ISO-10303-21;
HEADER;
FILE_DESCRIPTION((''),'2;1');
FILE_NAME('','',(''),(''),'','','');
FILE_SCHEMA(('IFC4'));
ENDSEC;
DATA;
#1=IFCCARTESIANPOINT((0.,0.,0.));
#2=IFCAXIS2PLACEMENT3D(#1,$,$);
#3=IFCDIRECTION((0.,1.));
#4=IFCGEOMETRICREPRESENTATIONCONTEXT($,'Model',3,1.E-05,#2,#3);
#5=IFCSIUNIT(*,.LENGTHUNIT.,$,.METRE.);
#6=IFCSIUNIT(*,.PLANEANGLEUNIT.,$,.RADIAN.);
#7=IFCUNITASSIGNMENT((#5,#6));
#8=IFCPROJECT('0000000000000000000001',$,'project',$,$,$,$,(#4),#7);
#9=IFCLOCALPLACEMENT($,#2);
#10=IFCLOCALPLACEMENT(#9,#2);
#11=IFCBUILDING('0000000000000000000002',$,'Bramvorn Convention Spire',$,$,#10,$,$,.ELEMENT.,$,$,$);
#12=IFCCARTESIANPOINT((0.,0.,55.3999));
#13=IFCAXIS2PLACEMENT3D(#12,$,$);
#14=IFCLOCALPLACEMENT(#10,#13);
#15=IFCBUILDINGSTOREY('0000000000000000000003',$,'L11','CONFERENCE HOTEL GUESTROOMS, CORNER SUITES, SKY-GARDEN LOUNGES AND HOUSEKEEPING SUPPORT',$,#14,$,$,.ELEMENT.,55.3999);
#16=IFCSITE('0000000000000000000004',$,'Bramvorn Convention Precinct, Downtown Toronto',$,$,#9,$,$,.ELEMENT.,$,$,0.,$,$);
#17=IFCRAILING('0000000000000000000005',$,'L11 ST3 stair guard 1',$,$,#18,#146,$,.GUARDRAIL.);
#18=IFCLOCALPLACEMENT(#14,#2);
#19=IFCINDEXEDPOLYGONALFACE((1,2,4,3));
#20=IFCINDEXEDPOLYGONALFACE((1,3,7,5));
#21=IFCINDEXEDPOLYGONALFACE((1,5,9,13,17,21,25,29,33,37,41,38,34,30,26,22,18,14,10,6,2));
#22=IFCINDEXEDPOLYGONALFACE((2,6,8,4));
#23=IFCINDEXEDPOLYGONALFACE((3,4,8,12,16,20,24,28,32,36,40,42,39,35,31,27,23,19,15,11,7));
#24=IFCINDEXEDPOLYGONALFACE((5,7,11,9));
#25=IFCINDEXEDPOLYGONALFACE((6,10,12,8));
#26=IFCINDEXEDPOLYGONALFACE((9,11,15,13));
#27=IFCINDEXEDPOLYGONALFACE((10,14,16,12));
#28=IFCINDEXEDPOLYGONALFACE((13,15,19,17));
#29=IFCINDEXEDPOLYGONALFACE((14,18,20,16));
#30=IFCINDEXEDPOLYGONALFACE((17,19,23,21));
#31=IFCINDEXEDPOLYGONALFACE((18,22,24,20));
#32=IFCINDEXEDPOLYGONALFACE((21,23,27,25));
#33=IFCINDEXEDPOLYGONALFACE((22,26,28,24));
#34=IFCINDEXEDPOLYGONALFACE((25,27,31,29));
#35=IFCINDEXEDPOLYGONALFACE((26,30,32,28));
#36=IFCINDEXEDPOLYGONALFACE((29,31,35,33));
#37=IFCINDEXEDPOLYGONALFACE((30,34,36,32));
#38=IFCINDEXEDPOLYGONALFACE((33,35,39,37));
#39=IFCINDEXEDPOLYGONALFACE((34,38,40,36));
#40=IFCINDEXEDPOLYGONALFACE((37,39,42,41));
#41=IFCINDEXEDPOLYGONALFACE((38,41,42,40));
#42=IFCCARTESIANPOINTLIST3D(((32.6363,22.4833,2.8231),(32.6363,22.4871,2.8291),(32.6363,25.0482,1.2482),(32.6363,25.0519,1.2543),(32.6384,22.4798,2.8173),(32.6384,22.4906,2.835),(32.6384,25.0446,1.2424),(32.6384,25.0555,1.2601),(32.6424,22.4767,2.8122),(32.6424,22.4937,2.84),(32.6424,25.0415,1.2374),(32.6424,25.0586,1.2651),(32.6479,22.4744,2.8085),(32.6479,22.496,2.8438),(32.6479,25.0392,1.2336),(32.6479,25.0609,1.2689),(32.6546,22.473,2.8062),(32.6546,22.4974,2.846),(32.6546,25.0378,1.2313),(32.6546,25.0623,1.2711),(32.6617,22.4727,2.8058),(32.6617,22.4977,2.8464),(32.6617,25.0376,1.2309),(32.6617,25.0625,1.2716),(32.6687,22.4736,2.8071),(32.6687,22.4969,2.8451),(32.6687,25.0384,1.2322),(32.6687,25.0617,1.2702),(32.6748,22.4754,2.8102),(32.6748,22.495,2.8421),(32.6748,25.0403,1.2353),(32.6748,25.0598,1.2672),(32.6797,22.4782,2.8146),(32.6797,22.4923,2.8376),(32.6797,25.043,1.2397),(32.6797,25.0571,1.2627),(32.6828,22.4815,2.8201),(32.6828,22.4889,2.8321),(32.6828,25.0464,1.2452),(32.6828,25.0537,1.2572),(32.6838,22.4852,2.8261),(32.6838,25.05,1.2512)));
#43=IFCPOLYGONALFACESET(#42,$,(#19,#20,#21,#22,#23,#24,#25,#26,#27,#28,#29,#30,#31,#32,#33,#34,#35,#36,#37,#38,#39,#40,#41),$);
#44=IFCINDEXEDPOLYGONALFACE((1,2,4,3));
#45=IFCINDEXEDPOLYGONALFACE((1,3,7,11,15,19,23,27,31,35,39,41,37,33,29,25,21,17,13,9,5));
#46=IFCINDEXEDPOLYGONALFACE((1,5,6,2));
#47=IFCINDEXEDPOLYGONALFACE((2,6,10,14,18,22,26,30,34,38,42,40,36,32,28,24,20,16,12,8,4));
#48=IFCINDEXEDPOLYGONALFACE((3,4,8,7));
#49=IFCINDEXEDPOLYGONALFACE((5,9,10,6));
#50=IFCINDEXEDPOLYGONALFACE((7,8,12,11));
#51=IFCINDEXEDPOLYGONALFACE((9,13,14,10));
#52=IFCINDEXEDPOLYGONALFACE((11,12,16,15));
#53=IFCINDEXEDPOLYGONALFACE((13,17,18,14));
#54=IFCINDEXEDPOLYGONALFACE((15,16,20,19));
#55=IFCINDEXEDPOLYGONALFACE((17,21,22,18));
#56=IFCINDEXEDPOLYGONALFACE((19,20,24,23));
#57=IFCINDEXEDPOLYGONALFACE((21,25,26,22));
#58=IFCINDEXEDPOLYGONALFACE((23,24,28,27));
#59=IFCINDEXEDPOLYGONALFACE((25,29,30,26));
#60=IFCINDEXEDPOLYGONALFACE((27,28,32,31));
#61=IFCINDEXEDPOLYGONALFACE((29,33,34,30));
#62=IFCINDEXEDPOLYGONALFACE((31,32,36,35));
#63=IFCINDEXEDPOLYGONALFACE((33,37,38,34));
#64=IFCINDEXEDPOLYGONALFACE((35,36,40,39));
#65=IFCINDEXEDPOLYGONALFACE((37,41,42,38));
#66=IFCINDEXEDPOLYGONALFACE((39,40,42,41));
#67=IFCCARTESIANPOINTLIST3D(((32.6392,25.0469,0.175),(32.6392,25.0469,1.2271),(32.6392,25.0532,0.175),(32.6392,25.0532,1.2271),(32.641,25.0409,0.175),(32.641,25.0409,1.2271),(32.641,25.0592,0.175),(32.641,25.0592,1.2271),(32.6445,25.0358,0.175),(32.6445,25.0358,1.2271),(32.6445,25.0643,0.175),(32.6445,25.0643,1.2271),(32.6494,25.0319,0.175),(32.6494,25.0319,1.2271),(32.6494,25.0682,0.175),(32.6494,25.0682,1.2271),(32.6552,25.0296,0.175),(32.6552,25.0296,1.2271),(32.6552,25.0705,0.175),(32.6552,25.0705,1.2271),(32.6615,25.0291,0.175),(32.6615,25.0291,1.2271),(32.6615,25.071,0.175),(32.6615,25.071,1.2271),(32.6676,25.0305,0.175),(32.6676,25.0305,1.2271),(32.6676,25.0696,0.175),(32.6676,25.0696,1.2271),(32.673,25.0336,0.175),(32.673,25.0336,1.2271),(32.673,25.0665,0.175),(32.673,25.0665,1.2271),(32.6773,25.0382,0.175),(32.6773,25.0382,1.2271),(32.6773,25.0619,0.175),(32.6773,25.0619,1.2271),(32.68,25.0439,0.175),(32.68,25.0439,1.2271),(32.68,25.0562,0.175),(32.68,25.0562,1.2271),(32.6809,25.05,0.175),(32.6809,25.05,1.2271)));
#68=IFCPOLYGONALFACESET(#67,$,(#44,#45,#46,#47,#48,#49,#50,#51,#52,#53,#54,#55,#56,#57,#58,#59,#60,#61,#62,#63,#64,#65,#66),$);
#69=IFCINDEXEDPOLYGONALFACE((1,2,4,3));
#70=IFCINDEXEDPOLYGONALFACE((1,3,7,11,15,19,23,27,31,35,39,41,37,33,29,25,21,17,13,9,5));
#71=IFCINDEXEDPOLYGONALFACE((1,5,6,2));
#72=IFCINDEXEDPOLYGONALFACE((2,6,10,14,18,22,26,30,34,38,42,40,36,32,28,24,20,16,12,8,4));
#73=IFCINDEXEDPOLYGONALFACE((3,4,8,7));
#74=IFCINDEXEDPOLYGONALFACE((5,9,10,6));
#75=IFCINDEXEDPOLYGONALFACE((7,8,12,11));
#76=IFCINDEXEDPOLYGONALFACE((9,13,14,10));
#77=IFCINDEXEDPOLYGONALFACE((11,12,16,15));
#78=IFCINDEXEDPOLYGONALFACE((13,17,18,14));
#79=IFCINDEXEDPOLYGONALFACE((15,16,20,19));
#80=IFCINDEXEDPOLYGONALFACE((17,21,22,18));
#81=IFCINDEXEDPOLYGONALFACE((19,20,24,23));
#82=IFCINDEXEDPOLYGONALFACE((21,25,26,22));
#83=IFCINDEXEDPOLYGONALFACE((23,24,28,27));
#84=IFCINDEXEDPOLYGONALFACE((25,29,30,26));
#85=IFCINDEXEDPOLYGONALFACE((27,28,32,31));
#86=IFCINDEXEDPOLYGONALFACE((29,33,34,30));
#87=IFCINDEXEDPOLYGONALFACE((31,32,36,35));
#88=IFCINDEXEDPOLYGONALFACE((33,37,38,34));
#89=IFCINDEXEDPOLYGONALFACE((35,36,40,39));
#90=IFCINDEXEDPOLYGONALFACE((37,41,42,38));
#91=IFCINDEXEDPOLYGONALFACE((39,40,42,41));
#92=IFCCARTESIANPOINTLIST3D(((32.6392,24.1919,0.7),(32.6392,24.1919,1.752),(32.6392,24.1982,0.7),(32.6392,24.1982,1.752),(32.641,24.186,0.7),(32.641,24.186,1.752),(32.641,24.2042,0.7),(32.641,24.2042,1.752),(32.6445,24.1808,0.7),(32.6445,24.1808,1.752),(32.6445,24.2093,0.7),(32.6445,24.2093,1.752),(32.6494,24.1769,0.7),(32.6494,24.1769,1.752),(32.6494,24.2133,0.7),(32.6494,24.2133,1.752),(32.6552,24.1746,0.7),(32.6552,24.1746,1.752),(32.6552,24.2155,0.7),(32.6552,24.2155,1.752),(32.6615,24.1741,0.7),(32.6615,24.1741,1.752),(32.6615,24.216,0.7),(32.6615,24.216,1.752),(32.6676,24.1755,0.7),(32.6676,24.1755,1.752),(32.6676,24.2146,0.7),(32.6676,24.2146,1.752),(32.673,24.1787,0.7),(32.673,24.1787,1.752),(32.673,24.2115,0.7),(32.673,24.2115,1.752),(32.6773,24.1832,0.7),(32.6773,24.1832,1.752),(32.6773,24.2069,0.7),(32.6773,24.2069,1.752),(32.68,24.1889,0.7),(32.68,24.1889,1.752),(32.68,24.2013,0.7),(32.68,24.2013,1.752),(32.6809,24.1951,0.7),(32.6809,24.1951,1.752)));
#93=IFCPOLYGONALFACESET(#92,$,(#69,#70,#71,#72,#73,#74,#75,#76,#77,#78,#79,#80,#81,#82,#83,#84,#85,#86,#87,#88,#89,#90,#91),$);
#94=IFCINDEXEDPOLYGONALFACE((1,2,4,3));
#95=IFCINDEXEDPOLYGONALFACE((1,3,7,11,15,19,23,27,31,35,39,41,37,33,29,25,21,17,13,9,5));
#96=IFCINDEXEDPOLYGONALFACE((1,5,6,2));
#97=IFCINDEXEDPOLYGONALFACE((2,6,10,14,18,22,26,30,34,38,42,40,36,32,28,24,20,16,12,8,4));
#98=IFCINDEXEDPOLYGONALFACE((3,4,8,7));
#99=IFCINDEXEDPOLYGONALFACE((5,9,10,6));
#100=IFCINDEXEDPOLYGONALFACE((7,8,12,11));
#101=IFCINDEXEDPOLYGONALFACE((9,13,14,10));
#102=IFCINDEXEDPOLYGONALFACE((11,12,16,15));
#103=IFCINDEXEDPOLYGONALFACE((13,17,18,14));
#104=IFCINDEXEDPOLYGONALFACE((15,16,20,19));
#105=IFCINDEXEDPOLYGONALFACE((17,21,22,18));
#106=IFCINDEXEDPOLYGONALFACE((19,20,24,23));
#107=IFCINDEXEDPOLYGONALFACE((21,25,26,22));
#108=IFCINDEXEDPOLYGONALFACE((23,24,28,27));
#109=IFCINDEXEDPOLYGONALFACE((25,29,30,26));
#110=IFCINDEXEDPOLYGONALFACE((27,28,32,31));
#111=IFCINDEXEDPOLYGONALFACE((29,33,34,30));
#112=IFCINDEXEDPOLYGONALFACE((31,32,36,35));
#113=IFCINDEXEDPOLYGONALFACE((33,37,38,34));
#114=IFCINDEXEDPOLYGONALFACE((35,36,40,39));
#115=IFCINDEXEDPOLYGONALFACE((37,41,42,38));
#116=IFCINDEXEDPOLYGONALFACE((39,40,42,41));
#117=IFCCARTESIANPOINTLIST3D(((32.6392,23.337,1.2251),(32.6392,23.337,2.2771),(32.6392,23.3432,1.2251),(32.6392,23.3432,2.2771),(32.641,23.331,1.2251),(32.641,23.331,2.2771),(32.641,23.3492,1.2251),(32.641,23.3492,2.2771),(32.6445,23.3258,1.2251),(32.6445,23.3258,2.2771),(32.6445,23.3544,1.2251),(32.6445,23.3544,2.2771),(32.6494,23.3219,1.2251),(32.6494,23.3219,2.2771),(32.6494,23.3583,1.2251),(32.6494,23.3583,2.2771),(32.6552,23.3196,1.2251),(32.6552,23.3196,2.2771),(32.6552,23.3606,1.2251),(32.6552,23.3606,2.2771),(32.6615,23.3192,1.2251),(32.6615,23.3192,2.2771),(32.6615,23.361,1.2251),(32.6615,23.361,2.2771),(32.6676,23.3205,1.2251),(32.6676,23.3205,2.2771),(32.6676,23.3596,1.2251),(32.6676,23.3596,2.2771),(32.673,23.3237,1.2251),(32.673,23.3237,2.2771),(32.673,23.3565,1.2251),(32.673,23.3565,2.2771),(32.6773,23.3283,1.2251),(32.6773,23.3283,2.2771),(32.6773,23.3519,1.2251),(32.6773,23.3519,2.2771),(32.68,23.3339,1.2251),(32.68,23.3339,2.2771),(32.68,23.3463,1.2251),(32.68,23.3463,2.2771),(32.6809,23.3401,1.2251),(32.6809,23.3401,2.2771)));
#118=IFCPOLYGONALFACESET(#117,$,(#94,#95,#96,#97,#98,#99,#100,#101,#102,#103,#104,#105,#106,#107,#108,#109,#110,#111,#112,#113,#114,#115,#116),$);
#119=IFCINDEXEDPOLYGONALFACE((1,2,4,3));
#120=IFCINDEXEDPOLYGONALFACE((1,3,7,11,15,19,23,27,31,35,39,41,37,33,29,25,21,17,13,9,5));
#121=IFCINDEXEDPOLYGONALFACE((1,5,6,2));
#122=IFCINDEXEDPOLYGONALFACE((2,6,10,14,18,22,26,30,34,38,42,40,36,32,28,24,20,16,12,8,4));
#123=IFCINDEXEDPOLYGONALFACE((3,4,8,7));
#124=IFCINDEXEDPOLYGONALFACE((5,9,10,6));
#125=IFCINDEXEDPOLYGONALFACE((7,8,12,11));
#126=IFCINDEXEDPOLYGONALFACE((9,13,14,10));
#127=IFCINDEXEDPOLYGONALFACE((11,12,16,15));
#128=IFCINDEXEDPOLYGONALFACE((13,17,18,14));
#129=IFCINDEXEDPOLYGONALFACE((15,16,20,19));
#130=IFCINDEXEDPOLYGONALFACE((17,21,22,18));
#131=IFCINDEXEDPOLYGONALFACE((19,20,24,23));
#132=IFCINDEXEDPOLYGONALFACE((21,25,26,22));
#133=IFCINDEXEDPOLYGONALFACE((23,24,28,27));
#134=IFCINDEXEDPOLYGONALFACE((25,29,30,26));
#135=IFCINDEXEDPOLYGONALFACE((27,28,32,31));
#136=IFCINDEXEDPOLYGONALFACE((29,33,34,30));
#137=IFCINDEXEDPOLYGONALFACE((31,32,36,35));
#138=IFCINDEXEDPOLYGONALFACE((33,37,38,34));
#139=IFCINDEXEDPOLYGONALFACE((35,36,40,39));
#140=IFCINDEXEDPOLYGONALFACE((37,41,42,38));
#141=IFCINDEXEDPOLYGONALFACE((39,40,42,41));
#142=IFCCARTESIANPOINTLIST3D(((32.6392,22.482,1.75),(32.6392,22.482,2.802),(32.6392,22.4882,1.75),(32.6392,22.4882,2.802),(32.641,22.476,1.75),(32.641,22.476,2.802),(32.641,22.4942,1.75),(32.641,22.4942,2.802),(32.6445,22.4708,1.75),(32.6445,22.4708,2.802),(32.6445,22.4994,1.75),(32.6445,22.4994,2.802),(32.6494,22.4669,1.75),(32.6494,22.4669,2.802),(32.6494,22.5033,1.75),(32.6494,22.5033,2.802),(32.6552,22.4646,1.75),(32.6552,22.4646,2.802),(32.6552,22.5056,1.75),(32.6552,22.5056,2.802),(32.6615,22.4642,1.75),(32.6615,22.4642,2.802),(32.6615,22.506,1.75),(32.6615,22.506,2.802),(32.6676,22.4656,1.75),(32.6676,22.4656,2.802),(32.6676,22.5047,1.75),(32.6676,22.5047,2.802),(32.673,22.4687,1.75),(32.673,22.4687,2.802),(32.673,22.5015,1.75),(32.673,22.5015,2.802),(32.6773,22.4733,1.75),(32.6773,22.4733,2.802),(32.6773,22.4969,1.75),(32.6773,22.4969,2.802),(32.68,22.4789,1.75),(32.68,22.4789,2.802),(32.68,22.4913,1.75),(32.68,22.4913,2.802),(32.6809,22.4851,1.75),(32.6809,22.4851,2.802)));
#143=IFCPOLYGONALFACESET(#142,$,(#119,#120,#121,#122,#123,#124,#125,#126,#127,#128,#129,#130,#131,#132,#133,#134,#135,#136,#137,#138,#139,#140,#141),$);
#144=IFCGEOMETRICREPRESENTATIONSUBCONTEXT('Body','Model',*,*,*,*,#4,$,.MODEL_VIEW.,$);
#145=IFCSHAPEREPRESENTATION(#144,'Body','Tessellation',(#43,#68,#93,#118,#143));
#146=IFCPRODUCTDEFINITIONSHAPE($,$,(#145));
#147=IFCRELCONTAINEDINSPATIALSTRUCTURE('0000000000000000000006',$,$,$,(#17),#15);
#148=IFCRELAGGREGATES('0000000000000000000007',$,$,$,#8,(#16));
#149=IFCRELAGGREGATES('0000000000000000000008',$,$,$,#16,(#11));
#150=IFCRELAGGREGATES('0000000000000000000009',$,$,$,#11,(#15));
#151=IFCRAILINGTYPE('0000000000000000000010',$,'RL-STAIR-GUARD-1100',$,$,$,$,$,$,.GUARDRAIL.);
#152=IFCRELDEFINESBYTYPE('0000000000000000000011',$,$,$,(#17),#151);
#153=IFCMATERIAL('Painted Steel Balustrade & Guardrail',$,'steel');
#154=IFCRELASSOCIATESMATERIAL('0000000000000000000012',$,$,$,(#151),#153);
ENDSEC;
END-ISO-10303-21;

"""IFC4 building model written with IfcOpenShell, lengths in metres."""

from ifc_helpers import new_model, si_unit, direction, frame, origin, origin_2d, place, context, subcontext, project, spatial, circle, extrude, material, type_object, element, save


model = new_model("IFC4")

# Units and contexts
model_context = context("Model", 3, precision=1e-05, world=origin(), true_north=direction((0.0, 1.0)))
body_context = subcontext(model_context, "Body", "Model", "MODEL_VIEW")
ifc_project = project(units=[si_unit("LENGTHUNIT", "METRE"), si_unit("PLANEANGLEUNIT", "RADIAN")], contexts=[model_context])

# Site, building, storey
site_placement = place(None, origin())
site = spatial("IfcSite", under=ifc_project, at=site_placement, Name="Bramvorn Convention Precinct, Downtown Toronto", CompositionType="ELEMENT", RefElevation=0.0)
building_placement = place(site_placement, origin())
building = spatial("IfcBuilding", under=site, at=building_placement, Name="Bramvorn Convention Spire", CompositionType="ELEMENT")
storey_placement = place(building_placement, frame((0.0, 0.0, 55.3999)))
storey = spatial("IfcBuildingStorey", under=building, at=storey_placement, Name="L11", Description="CONFERENCE HOTEL GUESTROOMS, CORNER SUITES, SKY-GARDEN LOUNGES AND HOUSEKEEPING SUPPORT", CompositionType="ELEMENT", Elevation=55.3999)

# Railing
ifc_material_1 = material(Name="Painted Steel Balustrade & Guardrail", Category="steel")
railing_type = type_object("IfcRailingType", Name="RL-STAIR-GUARD-1100", PredefinedType="GUARDRAIL", material=ifc_material_1)
railing_1_placement = place(storey_placement, frame((32.6599, 25.05, 0.175)))
element("IfcRailing", 1, at=railing_1_placement, inside=storey, type_object=railing_type, Name="L11 ST3 stair guard 1", PredefinedType="GUARDRAIL", context=body_context, shape_type="SweptSolid", body=[
    extrude(circle(Radius=0.0239, at=origin_2d()), frame((0.0, 0.0, 1.0762), z_axis=(0.0, -0.852173, 0.52326), x_axis=(1.0, 0.0, 0.0)), (0.0, 0.0, 1.0), 3.0098),
    extrude(circle(Radius=0.021, at=origin_2d()), origin(), (0.0, 0.0, 1.0), 1.052),
    extrude(circle(Radius=0.021, at=origin_2d()), frame((0.0, -0.855, 0.5249)), (0.0, 0.0, 1.0), 1.052),
    extrude(circle(Radius=0.021, at=origin_2d()), frame((0.0, -1.71, 1.05)), (0.0, 0.0, 1.0), 1.052),
    extrude(circle(Radius=0.021, at=origin_2d()), frame((0.0, -2.5649, 1.575)), (0.0, 0.0, 1.0), 1.052),
])

save(model, "model.ifc")
